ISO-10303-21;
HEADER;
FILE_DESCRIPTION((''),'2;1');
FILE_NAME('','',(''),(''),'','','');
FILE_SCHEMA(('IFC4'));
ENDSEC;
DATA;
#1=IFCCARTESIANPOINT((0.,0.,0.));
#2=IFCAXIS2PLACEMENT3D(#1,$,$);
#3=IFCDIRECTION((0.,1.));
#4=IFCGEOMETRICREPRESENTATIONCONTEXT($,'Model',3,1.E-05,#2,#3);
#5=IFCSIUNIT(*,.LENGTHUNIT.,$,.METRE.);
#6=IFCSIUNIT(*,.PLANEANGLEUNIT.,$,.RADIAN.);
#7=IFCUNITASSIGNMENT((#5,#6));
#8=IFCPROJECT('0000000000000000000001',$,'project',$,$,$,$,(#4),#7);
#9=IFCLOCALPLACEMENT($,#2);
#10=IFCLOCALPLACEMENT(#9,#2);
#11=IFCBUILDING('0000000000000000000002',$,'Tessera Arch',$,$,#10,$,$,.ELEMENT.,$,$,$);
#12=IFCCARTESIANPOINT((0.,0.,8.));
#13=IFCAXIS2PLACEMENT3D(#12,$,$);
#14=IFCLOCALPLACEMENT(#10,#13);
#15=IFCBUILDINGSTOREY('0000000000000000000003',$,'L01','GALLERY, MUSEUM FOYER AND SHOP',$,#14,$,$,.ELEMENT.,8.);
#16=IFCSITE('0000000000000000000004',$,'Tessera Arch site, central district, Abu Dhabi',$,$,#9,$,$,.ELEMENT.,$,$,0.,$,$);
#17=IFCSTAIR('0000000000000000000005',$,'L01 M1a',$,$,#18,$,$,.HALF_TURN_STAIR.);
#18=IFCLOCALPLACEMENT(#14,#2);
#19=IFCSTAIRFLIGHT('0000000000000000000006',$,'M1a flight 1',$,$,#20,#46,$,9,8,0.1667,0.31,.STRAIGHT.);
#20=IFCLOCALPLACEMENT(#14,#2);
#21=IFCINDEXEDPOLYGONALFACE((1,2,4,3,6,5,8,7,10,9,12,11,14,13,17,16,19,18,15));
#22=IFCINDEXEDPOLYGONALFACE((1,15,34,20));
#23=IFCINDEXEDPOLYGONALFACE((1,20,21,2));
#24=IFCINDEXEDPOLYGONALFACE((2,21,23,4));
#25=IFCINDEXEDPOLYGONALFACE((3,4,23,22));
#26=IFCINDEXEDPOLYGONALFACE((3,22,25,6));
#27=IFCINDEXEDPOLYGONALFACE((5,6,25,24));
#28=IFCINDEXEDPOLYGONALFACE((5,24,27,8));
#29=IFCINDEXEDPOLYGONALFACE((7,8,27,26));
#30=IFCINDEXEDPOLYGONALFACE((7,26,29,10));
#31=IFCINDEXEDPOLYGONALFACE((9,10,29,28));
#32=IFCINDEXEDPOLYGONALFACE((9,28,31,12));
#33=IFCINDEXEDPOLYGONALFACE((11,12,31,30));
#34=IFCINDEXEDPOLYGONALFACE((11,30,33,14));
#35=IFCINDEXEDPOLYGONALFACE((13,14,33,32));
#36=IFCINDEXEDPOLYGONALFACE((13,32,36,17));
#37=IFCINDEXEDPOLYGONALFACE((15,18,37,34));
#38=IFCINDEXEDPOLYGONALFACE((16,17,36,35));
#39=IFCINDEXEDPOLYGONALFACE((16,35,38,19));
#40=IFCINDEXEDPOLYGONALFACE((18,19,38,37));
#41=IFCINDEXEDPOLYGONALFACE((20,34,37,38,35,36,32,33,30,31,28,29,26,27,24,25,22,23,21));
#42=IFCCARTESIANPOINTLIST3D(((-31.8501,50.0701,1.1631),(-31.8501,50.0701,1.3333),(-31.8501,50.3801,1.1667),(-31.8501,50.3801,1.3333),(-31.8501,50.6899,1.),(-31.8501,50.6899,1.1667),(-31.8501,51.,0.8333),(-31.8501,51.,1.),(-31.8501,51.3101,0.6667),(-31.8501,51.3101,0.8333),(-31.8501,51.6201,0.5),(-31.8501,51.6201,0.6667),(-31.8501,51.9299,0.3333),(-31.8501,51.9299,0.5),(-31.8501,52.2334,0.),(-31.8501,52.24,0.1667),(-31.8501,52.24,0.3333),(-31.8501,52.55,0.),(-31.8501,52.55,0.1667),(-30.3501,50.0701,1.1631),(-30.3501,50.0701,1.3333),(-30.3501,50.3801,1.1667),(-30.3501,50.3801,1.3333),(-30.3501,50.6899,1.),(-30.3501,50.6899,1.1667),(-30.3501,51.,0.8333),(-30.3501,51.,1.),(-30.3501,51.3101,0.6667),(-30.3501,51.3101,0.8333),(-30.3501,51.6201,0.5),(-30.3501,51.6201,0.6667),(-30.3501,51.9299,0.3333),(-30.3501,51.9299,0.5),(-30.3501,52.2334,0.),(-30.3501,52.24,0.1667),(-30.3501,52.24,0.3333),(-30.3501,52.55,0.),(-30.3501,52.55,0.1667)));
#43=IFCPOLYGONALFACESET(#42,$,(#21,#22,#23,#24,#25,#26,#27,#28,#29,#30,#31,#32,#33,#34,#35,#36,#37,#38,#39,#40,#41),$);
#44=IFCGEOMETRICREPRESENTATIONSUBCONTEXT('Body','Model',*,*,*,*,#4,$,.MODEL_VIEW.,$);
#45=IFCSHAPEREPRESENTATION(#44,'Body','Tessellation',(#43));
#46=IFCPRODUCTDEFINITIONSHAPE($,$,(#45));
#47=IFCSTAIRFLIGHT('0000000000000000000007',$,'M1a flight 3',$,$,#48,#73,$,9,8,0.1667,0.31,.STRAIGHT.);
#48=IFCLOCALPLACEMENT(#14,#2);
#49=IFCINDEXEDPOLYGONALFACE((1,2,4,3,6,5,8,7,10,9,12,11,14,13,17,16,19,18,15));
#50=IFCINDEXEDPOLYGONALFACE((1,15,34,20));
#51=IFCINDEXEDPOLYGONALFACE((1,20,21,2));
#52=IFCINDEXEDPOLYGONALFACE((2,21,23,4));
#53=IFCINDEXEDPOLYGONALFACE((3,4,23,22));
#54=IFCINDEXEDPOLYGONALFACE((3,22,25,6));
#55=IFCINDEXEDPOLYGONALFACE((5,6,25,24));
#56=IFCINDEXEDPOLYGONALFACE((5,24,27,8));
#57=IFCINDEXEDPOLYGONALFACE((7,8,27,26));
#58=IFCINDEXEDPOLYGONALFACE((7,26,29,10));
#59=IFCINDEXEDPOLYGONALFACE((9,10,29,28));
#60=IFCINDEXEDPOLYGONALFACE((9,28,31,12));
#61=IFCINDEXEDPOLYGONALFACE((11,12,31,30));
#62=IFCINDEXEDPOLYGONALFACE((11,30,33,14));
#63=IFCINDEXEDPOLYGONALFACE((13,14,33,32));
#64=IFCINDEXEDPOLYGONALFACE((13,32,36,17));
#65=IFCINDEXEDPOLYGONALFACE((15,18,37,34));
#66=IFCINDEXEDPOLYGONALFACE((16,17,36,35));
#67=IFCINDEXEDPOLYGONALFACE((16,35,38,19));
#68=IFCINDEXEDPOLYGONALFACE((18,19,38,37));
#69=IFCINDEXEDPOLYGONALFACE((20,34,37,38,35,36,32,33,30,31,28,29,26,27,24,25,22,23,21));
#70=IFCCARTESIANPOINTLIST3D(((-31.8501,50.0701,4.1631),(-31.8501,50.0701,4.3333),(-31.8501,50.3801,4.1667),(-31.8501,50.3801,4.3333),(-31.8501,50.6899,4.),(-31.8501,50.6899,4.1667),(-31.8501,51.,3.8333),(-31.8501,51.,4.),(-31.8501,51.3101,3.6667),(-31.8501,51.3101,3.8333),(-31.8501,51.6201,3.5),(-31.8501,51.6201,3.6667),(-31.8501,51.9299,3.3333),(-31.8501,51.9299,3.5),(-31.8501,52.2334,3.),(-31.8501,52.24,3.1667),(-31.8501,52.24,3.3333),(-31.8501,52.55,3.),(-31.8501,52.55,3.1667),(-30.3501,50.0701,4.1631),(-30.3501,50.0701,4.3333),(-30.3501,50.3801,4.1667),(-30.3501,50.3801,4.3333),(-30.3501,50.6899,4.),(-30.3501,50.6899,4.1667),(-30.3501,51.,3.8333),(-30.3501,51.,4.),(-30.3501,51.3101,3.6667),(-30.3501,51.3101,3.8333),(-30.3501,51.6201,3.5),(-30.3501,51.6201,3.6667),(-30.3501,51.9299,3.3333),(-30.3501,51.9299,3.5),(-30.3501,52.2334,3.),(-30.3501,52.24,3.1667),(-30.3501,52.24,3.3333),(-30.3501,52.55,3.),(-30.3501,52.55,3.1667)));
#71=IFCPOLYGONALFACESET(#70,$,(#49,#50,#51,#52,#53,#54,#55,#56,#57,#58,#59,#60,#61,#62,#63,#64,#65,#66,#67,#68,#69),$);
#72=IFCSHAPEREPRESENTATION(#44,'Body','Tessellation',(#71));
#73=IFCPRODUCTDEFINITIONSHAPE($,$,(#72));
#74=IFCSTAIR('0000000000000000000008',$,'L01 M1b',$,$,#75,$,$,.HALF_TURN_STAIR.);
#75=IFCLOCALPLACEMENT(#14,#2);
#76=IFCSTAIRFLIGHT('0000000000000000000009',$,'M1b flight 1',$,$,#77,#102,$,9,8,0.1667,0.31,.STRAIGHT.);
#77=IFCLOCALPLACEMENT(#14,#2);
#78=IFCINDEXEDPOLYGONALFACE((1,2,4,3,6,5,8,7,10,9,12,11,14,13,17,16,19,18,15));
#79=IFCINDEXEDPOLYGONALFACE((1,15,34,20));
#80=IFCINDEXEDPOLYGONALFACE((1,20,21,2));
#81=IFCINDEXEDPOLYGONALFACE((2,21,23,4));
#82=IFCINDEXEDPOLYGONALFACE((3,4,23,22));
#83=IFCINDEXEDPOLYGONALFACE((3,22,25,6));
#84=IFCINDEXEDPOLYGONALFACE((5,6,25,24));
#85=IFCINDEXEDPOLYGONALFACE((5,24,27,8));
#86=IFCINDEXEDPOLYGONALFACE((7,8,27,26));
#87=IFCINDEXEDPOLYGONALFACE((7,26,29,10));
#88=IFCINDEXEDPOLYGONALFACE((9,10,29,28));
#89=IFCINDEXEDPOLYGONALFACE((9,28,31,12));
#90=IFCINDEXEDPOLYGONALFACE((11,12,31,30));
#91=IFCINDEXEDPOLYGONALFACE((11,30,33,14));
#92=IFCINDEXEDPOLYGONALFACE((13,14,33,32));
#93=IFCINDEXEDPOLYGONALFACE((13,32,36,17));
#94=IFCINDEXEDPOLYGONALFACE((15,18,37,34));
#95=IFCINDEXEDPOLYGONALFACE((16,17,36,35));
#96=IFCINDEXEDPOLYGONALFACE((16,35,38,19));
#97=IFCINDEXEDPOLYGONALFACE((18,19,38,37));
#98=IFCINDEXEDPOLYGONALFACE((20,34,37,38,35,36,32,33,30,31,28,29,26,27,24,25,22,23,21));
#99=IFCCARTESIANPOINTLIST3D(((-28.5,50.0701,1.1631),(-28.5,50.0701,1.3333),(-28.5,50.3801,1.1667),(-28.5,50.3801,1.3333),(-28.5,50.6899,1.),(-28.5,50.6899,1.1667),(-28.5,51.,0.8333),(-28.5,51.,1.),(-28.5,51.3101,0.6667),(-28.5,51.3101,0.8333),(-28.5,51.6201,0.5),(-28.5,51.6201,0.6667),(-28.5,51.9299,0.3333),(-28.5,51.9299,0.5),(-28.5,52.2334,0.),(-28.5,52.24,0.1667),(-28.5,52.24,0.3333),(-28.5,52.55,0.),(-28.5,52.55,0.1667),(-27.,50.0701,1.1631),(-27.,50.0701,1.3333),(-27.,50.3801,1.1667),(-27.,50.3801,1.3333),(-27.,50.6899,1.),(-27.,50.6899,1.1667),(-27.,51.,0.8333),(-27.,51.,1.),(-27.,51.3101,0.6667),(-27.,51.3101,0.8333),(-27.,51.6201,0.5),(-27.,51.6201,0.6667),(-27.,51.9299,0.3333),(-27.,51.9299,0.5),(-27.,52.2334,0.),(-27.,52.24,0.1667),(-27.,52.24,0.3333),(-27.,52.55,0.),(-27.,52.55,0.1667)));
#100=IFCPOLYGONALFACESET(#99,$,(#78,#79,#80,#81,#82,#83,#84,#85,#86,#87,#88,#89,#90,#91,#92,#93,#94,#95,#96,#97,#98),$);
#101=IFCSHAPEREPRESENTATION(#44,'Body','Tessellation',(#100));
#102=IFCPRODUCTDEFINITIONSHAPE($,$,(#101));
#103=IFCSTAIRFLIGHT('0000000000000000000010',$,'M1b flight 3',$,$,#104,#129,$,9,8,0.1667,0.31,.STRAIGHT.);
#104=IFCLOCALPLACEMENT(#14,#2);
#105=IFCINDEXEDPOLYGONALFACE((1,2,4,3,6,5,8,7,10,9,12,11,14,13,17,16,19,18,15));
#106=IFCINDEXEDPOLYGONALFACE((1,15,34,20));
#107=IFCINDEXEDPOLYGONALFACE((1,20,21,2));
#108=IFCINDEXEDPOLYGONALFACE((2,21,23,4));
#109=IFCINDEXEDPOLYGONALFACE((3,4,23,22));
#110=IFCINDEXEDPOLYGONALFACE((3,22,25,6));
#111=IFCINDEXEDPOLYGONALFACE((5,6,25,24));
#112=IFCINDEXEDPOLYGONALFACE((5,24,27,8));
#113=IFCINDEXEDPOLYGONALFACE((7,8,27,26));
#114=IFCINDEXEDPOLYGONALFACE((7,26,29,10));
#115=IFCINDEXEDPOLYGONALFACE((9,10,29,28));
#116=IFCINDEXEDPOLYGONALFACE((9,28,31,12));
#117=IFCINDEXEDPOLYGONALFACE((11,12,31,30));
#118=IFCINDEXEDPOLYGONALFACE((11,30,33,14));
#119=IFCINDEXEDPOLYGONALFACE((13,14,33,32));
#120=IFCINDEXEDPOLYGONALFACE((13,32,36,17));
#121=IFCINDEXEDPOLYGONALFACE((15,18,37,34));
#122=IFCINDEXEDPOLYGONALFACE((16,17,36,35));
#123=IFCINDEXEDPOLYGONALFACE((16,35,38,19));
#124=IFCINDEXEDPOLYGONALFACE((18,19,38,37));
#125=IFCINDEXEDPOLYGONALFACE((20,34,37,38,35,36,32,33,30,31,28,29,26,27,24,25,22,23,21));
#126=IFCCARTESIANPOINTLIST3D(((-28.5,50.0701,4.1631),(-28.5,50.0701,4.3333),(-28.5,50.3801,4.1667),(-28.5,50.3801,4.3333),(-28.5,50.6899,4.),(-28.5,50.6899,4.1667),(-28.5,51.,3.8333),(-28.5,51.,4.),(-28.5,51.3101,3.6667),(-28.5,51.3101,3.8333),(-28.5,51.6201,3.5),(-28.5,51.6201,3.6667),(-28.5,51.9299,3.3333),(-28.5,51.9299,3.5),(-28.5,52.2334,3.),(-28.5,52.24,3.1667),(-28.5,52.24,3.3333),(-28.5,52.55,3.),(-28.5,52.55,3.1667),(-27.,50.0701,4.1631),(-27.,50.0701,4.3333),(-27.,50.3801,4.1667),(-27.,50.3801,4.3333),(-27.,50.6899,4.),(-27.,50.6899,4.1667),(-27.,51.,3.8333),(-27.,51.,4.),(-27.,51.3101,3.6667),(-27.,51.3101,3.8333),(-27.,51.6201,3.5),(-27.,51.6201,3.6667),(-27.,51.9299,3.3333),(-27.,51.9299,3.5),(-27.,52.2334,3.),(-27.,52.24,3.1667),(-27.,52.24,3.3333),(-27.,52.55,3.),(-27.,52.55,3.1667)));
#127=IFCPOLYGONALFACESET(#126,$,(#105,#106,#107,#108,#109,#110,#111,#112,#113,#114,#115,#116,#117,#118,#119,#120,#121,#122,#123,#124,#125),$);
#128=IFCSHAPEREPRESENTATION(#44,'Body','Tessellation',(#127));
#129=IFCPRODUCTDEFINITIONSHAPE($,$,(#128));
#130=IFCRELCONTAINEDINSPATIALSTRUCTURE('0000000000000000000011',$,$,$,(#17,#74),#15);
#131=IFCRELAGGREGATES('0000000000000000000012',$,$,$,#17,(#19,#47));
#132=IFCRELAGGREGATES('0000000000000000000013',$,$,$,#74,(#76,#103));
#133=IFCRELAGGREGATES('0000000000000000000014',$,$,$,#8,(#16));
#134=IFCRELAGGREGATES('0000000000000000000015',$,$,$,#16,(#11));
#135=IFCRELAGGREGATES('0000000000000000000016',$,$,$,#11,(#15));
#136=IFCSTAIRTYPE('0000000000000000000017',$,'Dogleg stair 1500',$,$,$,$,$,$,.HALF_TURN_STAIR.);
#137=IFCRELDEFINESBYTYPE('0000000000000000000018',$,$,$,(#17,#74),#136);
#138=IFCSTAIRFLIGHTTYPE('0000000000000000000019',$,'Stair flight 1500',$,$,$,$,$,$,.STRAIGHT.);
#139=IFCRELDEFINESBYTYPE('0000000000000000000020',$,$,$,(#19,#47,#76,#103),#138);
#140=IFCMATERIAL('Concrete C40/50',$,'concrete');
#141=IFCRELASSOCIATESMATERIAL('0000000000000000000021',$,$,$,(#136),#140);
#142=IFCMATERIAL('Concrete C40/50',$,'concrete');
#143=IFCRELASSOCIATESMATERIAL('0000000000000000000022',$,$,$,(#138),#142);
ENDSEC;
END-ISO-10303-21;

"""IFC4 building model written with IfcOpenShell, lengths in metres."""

from ifc_helpers import new_model, si_unit, direction, frame, origin, place, context, subcontext, project, spatial, polyline, outline, extrude, material, type_object, element, aggregate, save


model = new_model("IFC4")

# Units and contexts
model_context = context("Model", 3, precision=1e-05, world=origin(), true_north=direction((0.0, 1.0)))
body_context = subcontext(model_context, "Body", "Model", "MODEL_VIEW")
ifc_project = project(units=[si_unit("LENGTHUNIT", "METRE"), si_unit("PLANEANGLEUNIT", "RADIAN")], contexts=[model_context])

# Site, building, storey
site_placement = place(None, origin())
site = spatial("IfcSite", under=ifc_project, at=site_placement, Name="Tessera Arch site, central district, Abu Dhabi", CompositionType="ELEMENT", RefElevation=0.0)
building_placement = place(site_placement, origin())
building = spatial("IfcBuilding", under=site, at=building_placement, Name="Tessera Arch", CompositionType="ELEMENT")
storey_placement = place(building_placement, frame((0.0, 0.0, 8.0)))
storey = spatial("IfcBuildingStorey", under=building, at=storey_placement, Name="L01", Description="GALLERY, MUSEUM FOYER AND SHOP", CompositionType="ELEMENT", Elevation=8.0)

# Stairs, stair flights
ifc_material_1 = material(Name="Concrete C40/50", Category="concrete")
stair_type = type_object("IfcStairType", Name="Dogleg stair 1500", PredefinedType="HALF_TURN_STAIR", material=ifc_material_1)
stair_1_placement = place(storey_placement, origin())
stair_1 = element("IfcStair", 1, at=stair_1_placement, inside=storey, type_object=stair_type, Name="L01 M1a", PredefinedType="HALF_TURN_STAIR")
ifc_material_2 = material(Name="Concrete C40/50", Category="concrete")
stair_flight_type = type_object("IfcStairFlightType", Name="Stair flight 1500", PredefinedType="STRAIGHT", material=ifc_material_2)
stair_flight_1_placement = place(storey_placement, frame((-31.1001, 52.55, 0.0), z_axis=(0.0, 0.0, 1.0), x_axis=(0.0, -1.0, 0.0)))
stair_flight_1 = element("IfcStairFlight", 2, at=stair_flight_1_placement, type_object=stair_flight_type, Name="M1a flight 1", NumberOfRisers=9, NumberOfTreads=8, PredefinedType="STRAIGHT", RiserHeight=0.1667, TreadLength=0.31, context=body_context, shape_type="SweptSolid", body=[
    extrude(outline(polyline([(0.0, 0.0), (0.0, 0.1667), (0.3101, 0.1667), (0.3101, 0.3333), (0.6201, 0.3333), (0.6201, 0.5), (0.9299, 0.5), (0.9299, 0.6667), (1.24, 0.6667), (1.24, 0.8333), (1.55, 0.8333), (1.55, 1.0), (1.8601, 1.0), (1.8601, 1.1667), (2.1699, 1.1667), (2.1699, 1.3333), (2.48, 1.3333), (2.48, 1.5), (2.48, 1.1631), (0.3167, 0.0), (0.0, 0.0)])), frame((0.0, 0.75, 0.0), z_axis=(0.0, -1.0, 0.0), x_axis=(1.0, 0.0, 0.0)), (0.0, 0.0, 1.0), 1.5),
])
stair_flight_2_placement = place(storey_placement, frame((-31.1001, 52.55, 3.0), z_axis=(0.0, 0.0, 1.0), x_axis=(0.0, -1.0, 0.0)))
stair_flight_2 = element("IfcStairFlight", 3, at=stair_flight_2_placement, type_object=stair_flight_type, Name="M1a flight 3", NumberOfRisers=9, NumberOfTreads=8, PredefinedType="STRAIGHT", RiserHeight=0.1667, TreadLength=0.31, context=body_context, shape_type="SweptSolid", body=[
    extrude(outline(polyline([(0.0, 0.0), (0.0, 0.1667), (0.3101, 0.1667), (0.3101, 0.3333), (0.6201, 0.3333), (0.6201, 0.5), (0.9299, 0.5), (0.9299, 0.6667), (1.24, 0.6667), (1.24, 0.8333), (1.55, 0.8333), (1.55, 1.0), (1.8601, 1.0), (1.8601, 1.1667), (2.1699, 1.1667), (2.1699, 1.3333), (2.48, 1.3333), (2.48, 1.5), (2.48, 1.1631), (0.3167, 0.0), (0.0, 0.0)])), frame((0.0, 0.75, 0.0), z_axis=(0.0, -1.0, 0.0), x_axis=(1.0, 0.0, 0.0)), (0.0, 0.0, 1.0), 1.5),
])
aggregate(stair_1, [stair_flight_1, stair_flight_2])
stair_2_placement = place(storey_placement, origin())
stair_2 = element("IfcStair", 4, at=stair_2_placement, inside=storey, type_object=stair_type, Name="L01 M1b", PredefinedType="HALF_TURN_STAIR")
stair_flight_3_placement = place(storey_placement, frame((-27.75, 52.55, 0.0), z_axis=(0.0, 0.0, 1.0), x_axis=(0.0, -1.0, 0.0)))
stair_flight_3 = element("IfcStairFlight", 5, at=stair_flight_3_placement, type_object=stair_flight_type, Name="M1b flight 1", NumberOfRisers=9, NumberOfTreads=8, PredefinedType="STRAIGHT", RiserHeight=0.1667, TreadLength=0.31, context=body_context, shape_type="SweptSolid", body=[
    extrude(outline(polyline([(0.0, 0.0), (0.0, 0.1667), (0.3101, 0.1667), (0.3101, 0.3333), (0.6201, 0.3333), (0.6201, 0.5), (0.9299, 0.5), (0.9299, 0.6667), (1.24, 0.6667), (1.24, 0.8333), (1.55, 0.8333), (1.55, 1.0), (1.8601, 1.0), (1.8601, 1.1667), (2.1699, 1.1667), (2.1699, 1.3333), (2.48, 1.3333), (2.48, 1.5), (2.48, 1.1631), (0.3167, 0.0), (0.0, 0.0)])), frame((0.0, 0.75, 0.0), z_axis=(0.0, -1.0, 0.0), x_axis=(1.0, 0.0, 0.0)), (0.0, 0.0, 1.0), 1.5),
])
stair_flight_4_placement = place(storey_placement, frame((-27.75, 52.55, 3.0), z_axis=(0.0, 0.0, 1.0), x_axis=(0.0, -1.0, 0.0)))
stair_flight_4 = element("IfcStairFlight", 6, at=stair_flight_4_placement, type_object=stair_flight_type, Name="M1b flight 3", NumberOfRisers=9, NumberOfTreads=8, PredefinedType="STRAIGHT", RiserHeight=0.1667, TreadLength=0.31, context=body_context, shape_type="SweptSolid", body=[
    extrude(outline(polyline([(0.0, 0.0), (0.0, 0.1667), (0.3101, 0.1667), (0.3101, 0.3333), (0.6201, 0.3333), (0.6201, 0.5), (0.9299, 0.5), (0.9299, 0.6667), (1.24, 0.6667), (1.24, 0.8333), (1.55, 0.8333), (1.55, 1.0), (1.8601, 1.0), (1.8601, 1.1667), (2.1699, 1.1667), (2.1699, 1.3333), (2.48, 1.3333), (2.48, 1.5), (2.48, 1.1631), (0.3167, 0.0), (0.0, 0.0)])), frame((0.0, 0.75, 0.0), z_axis=(0.0, -1.0, 0.0), x_axis=(1.0, 0.0, 0.0)), (0.0, 0.0, 1.0), 1.5),
])
aggregate(stair_2, [stair_flight_3, stair_flight_4])

save(model, "model.ifc")
